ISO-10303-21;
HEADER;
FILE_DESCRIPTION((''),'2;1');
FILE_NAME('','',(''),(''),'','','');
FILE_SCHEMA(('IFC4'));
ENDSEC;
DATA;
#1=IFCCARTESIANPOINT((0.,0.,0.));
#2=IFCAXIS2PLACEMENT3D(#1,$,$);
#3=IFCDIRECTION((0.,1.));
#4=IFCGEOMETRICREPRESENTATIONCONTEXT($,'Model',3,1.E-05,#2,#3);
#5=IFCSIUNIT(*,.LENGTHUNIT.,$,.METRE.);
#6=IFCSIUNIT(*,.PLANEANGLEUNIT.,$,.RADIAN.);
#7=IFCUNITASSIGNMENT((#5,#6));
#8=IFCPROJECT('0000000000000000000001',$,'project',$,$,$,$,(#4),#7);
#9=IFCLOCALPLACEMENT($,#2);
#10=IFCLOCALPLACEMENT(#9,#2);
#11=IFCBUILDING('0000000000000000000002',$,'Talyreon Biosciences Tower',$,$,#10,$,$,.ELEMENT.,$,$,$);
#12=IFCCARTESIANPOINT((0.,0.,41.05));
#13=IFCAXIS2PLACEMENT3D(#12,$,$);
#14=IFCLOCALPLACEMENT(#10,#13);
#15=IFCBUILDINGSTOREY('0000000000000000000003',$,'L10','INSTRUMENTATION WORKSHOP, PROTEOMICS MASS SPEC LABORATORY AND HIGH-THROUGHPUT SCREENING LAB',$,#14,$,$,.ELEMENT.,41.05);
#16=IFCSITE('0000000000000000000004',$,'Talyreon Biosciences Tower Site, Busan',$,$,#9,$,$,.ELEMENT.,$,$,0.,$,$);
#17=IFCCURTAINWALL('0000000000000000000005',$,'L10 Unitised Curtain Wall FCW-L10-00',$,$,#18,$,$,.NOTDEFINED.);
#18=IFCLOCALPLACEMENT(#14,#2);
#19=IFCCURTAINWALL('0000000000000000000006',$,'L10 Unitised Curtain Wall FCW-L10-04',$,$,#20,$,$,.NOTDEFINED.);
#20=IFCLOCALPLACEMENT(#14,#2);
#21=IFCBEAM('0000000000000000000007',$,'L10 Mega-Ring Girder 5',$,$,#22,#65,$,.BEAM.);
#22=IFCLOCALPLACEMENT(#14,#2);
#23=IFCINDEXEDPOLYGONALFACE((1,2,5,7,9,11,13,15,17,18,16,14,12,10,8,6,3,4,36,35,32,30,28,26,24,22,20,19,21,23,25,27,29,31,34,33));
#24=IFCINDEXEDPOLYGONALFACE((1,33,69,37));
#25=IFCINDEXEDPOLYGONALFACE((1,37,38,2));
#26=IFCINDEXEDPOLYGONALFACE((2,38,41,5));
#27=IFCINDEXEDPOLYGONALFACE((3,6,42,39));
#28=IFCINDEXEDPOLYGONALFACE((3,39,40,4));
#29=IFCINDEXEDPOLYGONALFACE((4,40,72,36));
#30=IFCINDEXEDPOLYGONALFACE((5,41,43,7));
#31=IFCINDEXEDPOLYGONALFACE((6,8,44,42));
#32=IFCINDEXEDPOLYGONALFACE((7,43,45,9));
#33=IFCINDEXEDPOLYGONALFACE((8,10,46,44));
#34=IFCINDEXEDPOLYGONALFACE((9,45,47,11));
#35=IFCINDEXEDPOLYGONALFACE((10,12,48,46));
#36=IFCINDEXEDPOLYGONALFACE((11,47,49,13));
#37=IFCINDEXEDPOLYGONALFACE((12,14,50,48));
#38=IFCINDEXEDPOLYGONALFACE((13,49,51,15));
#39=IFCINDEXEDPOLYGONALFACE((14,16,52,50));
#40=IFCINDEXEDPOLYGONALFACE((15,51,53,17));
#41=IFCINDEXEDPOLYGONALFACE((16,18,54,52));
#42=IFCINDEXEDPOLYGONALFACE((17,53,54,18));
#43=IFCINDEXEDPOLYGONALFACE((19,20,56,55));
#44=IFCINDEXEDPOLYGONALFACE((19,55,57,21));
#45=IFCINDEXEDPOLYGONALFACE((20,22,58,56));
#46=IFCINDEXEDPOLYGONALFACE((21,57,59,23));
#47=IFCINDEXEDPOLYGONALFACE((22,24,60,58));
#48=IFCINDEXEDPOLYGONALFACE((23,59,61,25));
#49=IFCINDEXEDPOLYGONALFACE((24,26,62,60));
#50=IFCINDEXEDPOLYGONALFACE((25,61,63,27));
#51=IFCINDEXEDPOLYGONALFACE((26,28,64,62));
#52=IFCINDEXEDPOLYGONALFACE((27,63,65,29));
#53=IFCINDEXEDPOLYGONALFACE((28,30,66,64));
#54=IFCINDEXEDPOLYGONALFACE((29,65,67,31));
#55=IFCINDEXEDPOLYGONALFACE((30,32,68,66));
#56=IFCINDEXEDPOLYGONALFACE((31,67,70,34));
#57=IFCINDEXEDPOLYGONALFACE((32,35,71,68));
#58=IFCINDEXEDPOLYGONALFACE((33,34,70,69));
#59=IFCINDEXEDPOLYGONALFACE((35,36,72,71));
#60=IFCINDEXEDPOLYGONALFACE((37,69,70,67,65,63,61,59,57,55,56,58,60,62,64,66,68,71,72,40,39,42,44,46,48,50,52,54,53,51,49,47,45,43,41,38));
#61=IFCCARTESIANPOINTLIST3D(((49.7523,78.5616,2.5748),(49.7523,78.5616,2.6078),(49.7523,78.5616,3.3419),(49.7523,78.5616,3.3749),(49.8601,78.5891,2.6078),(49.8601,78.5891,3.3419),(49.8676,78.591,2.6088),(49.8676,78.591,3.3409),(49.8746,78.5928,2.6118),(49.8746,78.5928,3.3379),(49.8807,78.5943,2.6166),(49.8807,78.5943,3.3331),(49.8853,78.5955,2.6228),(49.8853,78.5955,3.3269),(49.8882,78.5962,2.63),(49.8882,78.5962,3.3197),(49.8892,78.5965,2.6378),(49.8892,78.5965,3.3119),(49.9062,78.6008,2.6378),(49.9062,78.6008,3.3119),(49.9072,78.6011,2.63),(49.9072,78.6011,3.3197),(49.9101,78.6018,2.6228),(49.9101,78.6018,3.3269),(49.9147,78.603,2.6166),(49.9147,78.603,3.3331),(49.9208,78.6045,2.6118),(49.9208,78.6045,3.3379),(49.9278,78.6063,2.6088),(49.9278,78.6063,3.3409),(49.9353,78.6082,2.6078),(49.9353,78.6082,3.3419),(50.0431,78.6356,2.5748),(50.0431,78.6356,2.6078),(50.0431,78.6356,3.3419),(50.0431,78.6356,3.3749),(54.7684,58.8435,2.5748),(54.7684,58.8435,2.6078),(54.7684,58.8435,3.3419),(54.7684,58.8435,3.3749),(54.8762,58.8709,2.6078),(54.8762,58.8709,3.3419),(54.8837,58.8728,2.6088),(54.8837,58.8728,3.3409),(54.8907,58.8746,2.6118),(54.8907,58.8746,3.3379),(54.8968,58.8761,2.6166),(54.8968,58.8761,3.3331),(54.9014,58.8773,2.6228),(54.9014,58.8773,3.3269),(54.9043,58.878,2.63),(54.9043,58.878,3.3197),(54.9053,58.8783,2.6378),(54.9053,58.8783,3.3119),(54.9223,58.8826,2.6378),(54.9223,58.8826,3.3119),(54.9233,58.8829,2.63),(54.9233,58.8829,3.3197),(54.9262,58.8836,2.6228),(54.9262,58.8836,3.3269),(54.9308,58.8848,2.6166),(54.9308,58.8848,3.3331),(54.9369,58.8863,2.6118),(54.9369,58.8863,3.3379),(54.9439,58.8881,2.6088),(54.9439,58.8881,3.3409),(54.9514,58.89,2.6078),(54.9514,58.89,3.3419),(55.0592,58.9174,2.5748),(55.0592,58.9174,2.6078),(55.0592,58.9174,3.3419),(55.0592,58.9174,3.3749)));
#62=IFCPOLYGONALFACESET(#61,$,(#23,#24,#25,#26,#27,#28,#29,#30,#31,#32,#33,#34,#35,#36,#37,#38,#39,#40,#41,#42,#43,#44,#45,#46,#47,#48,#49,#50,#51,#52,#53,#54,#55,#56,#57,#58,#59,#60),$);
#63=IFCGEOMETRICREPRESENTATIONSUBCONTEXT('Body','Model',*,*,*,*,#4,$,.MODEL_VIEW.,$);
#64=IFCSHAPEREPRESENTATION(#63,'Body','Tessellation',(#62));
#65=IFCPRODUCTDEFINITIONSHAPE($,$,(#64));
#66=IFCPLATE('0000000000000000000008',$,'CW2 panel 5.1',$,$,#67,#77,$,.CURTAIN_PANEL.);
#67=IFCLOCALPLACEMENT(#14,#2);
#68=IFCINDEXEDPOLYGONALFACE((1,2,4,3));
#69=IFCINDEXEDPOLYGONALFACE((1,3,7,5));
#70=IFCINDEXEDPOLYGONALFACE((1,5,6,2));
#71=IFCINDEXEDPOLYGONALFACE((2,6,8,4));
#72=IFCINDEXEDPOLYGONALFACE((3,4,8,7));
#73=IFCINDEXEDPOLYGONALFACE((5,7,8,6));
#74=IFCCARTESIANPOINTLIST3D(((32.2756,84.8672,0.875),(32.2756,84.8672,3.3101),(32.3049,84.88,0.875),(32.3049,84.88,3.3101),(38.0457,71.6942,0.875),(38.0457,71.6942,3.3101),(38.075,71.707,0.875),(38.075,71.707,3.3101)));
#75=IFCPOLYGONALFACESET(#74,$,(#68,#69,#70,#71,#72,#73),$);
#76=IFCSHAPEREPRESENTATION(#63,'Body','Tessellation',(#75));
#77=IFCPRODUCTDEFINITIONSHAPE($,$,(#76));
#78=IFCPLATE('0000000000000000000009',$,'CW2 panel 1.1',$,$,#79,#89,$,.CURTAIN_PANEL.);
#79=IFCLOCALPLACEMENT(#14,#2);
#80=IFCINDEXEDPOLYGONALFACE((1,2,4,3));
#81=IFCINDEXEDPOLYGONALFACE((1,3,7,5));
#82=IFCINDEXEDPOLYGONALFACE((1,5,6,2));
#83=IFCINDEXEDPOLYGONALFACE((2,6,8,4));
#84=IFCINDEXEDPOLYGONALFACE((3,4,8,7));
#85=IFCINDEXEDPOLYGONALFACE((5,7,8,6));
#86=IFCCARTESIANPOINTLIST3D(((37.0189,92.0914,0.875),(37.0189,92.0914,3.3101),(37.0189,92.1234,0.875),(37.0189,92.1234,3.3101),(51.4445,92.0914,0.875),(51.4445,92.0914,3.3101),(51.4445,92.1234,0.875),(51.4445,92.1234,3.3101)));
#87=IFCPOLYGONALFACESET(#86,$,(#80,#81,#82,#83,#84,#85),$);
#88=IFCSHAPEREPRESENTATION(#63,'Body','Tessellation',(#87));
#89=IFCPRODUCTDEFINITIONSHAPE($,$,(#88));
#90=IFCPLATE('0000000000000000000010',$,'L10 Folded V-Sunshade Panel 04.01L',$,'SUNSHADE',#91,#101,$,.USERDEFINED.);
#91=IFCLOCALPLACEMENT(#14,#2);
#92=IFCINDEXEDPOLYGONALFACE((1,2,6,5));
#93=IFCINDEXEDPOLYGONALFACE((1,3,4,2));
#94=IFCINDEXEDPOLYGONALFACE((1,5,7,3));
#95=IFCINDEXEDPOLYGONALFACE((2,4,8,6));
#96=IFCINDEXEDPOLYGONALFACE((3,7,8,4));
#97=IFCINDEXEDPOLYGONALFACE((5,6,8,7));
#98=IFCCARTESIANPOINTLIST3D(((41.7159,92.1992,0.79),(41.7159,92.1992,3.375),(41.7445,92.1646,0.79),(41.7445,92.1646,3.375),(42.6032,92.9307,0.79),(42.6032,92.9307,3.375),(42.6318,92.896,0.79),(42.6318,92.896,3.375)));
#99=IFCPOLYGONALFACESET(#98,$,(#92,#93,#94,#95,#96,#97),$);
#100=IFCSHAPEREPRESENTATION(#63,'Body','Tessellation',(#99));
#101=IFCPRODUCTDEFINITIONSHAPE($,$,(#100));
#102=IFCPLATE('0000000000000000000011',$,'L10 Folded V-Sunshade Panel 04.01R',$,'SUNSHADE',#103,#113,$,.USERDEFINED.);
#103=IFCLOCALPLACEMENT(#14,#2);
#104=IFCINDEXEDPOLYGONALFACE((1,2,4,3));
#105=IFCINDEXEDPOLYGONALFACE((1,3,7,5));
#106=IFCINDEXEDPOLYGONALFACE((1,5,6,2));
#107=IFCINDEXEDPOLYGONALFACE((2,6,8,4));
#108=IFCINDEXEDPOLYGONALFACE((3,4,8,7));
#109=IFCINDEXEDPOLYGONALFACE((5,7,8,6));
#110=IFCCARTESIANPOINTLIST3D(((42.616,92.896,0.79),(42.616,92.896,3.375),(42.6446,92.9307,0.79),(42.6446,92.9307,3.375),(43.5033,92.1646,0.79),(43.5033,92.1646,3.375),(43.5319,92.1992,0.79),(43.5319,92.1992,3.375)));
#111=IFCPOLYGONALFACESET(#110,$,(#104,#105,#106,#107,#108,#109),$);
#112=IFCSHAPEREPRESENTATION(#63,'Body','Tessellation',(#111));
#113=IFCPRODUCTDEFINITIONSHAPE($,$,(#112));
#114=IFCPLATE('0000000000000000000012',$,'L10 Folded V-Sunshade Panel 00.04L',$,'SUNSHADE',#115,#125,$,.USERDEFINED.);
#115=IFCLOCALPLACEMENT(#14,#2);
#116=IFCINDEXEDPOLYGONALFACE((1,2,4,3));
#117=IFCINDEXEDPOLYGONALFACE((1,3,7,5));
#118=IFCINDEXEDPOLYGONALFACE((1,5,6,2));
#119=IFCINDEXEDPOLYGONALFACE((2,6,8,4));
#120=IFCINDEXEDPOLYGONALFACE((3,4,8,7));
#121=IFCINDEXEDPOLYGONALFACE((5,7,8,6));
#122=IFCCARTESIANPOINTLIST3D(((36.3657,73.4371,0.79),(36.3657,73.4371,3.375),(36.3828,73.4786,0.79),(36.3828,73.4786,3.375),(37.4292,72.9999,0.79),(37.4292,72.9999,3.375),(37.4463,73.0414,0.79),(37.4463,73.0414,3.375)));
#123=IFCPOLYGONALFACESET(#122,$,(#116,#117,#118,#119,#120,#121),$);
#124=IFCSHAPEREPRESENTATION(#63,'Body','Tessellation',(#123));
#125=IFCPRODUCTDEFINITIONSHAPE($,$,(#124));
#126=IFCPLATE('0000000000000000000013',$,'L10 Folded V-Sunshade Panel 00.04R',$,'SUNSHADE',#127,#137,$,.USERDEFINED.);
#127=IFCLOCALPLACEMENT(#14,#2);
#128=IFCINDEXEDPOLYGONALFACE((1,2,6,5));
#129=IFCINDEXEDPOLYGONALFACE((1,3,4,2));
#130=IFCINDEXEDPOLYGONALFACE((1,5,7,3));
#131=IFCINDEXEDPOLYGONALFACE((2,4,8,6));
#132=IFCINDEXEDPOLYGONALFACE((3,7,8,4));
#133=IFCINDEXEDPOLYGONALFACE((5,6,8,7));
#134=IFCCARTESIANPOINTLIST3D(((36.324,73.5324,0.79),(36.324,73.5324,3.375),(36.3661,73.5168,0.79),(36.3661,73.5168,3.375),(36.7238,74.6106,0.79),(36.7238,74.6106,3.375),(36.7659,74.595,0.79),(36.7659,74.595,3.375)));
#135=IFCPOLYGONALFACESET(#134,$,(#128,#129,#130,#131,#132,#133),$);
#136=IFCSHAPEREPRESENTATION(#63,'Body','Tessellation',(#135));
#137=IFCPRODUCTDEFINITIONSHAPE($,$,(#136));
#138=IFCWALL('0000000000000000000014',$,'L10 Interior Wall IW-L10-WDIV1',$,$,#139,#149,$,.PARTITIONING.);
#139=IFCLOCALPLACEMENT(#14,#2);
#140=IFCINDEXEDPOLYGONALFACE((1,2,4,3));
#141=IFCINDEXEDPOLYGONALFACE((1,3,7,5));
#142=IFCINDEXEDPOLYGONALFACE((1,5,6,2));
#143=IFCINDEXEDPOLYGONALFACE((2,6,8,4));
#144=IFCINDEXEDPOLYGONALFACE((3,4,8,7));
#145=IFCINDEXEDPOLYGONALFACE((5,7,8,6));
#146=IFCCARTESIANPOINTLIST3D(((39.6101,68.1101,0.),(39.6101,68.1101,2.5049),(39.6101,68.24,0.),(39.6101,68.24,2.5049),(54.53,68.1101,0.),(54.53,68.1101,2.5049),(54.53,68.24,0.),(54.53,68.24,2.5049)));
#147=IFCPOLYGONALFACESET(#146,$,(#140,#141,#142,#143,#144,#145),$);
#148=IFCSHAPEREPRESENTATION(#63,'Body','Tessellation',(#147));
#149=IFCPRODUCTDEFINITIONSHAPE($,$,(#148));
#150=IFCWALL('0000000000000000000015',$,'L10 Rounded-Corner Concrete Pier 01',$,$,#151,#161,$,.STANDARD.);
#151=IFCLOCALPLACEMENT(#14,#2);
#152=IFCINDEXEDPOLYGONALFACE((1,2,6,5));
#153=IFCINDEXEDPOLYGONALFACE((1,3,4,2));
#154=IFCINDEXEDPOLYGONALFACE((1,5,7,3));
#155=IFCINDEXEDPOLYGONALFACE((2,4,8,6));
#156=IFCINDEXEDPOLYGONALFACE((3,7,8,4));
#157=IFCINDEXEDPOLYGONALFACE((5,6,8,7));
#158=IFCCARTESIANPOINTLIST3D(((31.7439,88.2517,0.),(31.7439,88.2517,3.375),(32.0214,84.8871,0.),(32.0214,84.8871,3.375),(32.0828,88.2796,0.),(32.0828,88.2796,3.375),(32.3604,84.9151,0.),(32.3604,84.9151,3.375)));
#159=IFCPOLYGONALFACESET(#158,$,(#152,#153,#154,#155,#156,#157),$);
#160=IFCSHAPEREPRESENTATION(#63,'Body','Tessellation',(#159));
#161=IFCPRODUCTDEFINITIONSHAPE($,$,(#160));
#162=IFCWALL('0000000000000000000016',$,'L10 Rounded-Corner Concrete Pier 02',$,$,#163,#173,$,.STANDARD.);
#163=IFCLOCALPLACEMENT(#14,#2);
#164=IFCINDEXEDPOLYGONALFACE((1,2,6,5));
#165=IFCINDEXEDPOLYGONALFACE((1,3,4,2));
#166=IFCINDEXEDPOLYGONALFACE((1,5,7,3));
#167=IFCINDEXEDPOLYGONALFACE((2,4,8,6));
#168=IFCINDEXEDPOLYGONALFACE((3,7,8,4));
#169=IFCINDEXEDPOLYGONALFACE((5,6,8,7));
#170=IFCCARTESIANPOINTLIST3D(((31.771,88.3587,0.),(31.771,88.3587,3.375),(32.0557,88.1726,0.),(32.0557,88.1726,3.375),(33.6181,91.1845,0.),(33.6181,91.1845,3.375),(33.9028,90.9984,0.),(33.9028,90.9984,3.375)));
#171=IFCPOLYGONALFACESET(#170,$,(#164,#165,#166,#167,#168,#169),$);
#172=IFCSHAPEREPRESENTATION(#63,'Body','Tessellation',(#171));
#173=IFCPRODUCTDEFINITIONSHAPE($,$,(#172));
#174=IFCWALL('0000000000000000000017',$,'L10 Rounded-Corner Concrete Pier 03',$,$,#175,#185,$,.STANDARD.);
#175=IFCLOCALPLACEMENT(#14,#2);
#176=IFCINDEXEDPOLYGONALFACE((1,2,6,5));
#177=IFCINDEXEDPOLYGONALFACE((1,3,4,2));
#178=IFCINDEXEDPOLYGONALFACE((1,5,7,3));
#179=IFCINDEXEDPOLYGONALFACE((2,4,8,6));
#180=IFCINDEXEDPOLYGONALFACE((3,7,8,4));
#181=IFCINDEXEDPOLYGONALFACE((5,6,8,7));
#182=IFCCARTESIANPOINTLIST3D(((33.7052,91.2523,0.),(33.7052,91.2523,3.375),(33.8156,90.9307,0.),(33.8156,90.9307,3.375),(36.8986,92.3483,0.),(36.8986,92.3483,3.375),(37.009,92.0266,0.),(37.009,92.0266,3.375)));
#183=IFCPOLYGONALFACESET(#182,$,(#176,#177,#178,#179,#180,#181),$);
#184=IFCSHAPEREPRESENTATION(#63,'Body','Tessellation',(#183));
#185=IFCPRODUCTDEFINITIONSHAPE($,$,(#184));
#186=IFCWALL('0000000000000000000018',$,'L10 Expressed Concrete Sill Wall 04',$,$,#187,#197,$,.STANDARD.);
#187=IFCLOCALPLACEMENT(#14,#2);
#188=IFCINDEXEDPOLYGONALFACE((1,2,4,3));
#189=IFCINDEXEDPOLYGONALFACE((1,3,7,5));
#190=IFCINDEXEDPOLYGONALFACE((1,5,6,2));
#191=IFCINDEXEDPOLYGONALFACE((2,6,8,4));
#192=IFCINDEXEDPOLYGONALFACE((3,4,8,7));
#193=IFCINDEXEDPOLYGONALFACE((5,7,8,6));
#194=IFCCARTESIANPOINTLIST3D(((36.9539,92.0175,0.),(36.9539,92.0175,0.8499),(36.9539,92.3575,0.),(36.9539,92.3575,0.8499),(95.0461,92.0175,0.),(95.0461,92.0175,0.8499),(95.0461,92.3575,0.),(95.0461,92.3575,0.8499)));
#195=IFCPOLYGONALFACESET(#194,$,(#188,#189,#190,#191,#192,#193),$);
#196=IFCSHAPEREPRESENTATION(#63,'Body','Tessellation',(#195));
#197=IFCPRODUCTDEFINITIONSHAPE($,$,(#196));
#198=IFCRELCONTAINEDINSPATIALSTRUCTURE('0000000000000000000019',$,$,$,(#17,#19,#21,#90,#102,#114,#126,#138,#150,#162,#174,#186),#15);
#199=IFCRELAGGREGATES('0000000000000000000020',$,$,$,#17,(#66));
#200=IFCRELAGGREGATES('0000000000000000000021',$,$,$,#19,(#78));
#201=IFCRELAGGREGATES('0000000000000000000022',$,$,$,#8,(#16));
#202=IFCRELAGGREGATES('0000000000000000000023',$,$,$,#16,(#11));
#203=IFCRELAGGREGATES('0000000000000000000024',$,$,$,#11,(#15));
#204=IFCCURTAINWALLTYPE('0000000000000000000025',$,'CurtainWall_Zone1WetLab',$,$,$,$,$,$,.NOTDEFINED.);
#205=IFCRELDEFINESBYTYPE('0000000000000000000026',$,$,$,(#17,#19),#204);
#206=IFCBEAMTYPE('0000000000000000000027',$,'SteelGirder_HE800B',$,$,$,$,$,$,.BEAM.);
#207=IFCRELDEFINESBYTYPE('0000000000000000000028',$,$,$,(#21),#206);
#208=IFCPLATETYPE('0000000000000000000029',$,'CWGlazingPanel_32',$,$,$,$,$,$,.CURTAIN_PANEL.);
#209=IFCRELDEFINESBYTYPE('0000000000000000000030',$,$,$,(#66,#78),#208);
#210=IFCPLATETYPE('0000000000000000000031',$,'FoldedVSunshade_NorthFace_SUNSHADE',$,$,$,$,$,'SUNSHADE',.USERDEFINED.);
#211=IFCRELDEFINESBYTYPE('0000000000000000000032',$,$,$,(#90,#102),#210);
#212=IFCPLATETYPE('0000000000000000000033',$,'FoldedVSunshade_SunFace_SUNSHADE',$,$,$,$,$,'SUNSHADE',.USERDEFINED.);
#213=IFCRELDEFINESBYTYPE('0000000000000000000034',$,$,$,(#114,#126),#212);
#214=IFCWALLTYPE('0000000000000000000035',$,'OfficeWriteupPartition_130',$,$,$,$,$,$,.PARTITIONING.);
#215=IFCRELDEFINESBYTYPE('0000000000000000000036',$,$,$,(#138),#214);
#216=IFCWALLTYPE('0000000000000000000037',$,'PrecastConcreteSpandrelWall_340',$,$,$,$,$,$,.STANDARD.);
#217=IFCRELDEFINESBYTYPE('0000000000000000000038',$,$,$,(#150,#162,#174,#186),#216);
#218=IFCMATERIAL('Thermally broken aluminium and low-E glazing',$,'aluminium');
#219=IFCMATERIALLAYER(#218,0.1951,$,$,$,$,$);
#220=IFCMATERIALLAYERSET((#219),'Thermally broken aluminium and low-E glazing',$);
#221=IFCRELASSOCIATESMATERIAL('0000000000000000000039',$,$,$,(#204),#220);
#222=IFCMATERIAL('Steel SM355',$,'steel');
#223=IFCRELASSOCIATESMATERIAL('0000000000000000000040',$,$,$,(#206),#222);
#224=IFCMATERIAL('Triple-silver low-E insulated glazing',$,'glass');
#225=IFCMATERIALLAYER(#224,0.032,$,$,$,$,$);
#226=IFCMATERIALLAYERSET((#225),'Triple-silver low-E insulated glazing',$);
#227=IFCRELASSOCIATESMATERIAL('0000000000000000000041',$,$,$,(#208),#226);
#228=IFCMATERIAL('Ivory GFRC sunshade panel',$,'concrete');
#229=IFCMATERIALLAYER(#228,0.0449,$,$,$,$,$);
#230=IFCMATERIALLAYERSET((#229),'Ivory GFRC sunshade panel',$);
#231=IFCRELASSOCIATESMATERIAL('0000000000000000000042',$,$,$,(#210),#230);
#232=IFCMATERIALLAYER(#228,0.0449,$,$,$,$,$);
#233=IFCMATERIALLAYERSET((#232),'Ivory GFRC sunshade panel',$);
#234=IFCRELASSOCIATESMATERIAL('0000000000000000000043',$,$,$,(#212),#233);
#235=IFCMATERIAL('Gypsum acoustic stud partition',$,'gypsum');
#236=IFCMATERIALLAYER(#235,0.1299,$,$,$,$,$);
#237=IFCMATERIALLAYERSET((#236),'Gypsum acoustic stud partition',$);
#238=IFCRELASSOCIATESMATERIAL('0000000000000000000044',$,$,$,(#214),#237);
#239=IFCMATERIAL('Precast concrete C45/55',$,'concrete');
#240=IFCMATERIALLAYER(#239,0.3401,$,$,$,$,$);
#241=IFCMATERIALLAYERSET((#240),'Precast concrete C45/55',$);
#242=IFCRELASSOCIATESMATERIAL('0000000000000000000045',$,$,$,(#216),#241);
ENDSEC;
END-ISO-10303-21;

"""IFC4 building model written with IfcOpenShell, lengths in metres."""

from ifc_helpers import new_model, si_unit, direction, frame, frame_2d, origin, origin_2d, place, context, subcontext, project, spatial, rectangle, i_section, extrude, material, layer, layer_set, material_profile, profile_set, type_object, element, aggregate, save


model = new_model("IFC4")

# Units and contexts
model_context = context("Model", 3, precision=1e-05, world=origin(), true_north=direction((0.0, 1.0)))
body_context = subcontext(model_context, "Body", "Model", "MODEL_VIEW")
ifc_project = project(units=[si_unit("LENGTHUNIT", "METRE"), si_unit("PLANEANGLEUNIT", "RADIAN")], contexts=[model_context])

# Site, building, storey
site_placement = place(None, origin())
site = spatial("IfcSite", under=ifc_project, at=site_placement, Name="Talyreon Biosciences Tower Site, Busan", CompositionType="ELEMENT", RefElevation=0.0)
building_placement = place(site_placement, origin())
building = spatial("IfcBuilding", under=site, at=building_placement, Name="Talyreon Biosciences Tower", CompositionType="ELEMENT")
storey_placement = place(building_placement, frame((0.0, 0.0, 41.05)))
storey = spatial("IfcBuildingStorey", under=building, at=storey_placement, Name="L10", Description="INSTRUMENTATION WORKSHOP, PROTEOMICS MASS SPEC LABORATORY AND HIGH-THROUGHPUT SCREENING LAB", CompositionType="ELEMENT", Elevation=41.05)

# Curtain walls
ifc_material_1 = material(Name="Thermally broken aluminium and low-E glazing", Category="aluminium")
ifc_layer_1 = layer(ifc_material_1, 0.1951)
ifc_layer_set_1 = layer_set([ifc_layer_1], Name="Thermally broken aluminium and low-E glazing")
curtain_wall_type = type_object("IfcCurtainWallType", Name="CurtainWall_Zone1WetLab", PredefinedType="NOTDEFINED", material=ifc_layer_set_1)
curtain_wall_1_placement = place(storey_placement, origin())
curtain_wall_1 = element("IfcCurtainWall", 1, at=curtain_wall_1_placement, inside=storey, type_object=curtain_wall_type, Name="L10 Unitised Curtain Wall FCW-L10-00", PredefinedType="NOTDEFINED")
curtain_wall_2_placement = place(storey_placement, origin())
curtain_wall_2 = element("IfcCurtainWall", 2, at=curtain_wall_2_placement, inside=storey, type_object=curtain_wall_type, Name="L10 Unitised Curtain Wall FCW-L10-04", PredefinedType="NOTDEFINED")

# Beam
ifc_material_2 = material(Name="Precast concrete C45/55", Category="concrete")
ifc_material_3 = material(Name="Steel SM355", Category="steel")
ifc_material_profile_1 = material_profile(ifc_material_3, i_section(OverallWidth=0.3, OverallDepth=0.8, WebThickness=0.0176, FlangeThickness=0.033, FilletRadius=0.03, at=origin_2d()), Name="HE800B")
ifc_profile_set_1 = profile_set([ifc_material_profile_1], Name="Steel SM355")
beam_type_1 = type_object("IfcBeamType", Name="SteelGirder_HE800B", PredefinedType="BEAM", material=ifc_profile_set_1)
beam_1_placement = place(storey_placement, frame((49.8977, 78.5986, 2.9749), z_axis=(0.246537, -0.969133, 0.0), x_axis=(0.969133, 0.246537, 0.0)))
element("IfcBeam", 3, at=beam_1_placement, inside=storey, type_object=beam_type_1, Name="L10 Mega-Ring Girder 5", PredefinedType="BEAM", context=body_context, shape_type="SweptSolid", body=[
    extrude(i_section(OverallWidth=0.3, OverallDepth=0.8, WebThickness=0.0176, FlangeThickness=0.033, FilletRadius=0.03, at=origin_2d()), origin(), (0.0, 0.0, 1.0), 20.3462),
])

# Plates
ifc_material_4 = material(Name="Triple-silver low-E insulated glazing", Category="glass")
ifc_layer_2 = layer(ifc_material_4, 0.032)
ifc_layer_set_2 = layer_set([ifc_layer_2], Name="Triple-silver low-E insulated glazing")
plate_type_1 = type_object("IfcPlateType", Name="CWGlazingPanel_32", PredefinedType="CURTAIN_PANEL", material=ifc_layer_set_2)
plate_1_placement = place(storey_placement, frame((35.1753, 78.2871, 0.875), z_axis=(0.0, 0.0, 1.0), x_axis=(-0.401223, 0.91598, 0.0)))
plate_1 = element("IfcPlate", 4, at=plate_1_placement, type_object=plate_type_1, Name="CW2 panel 5.1", PredefinedType="CURTAIN_PANEL", context=body_context, shape_type="SweptSolid", body=[
    extrude(rectangle(XDim=14.3813, YDim=0.032, at=origin_2d()), origin(), (0.0, 0.0, 1.0), 2.4351),
])
aggregate(curtain_wall_1, [plate_1])
plate_2_placement = place(storey_placement, frame((44.2317, 92.1074, 0.875), z_axis=(0.0, 0.0, 1.0), x_axis=(1.0, 0.0, 0.0)))
plate_2 = element("IfcPlate", 5, at=plate_2_placement, type_object=plate_type_1, Name="CW2 panel 1.1", PredefinedType="CURTAIN_PANEL", context=body_context, shape_type="SweptSolid", body=[
    extrude(rectangle(XDim=14.4255, YDim=0.032, at=origin_2d()), origin(), (0.0, 0.0, 1.0), 2.4351),
])
aggregate(curtain_wall_2, [plate_2])

# Plates
ifc_material_5 = material(Name="Ivory GFRC sunshade panel", Category="concrete")
ifc_layer_3 = layer(ifc_material_5, 0.0449)
ifc_layer_set_3 = layer_set([ifc_layer_3], Name="Ivory GFRC sunshade panel")
plate_type_2 = type_object("IfcPlateType", Name="FoldedVSunshade_NorthFace_SUNSHADE", ElementType="SUNSHADE", PredefinedType="USERDEFINED", material=ifc_layer_set_3)
for number, where, z_axis, x_axis, name in (
    (6, (42.1738, 92.5476, 0.79), (0.0, 0.0, 1.0), (0.771625, 0.636078, 0.0), "L10 Folded V-Sunshade Panel 04.01L"),
    (7, (43.074, 92.5476, 0.79), (0.0, 0.0, 1.0), (0.771625, -0.636078, 0.0), "L10 Folded V-Sunshade Panel 04.01R"),
):
    element("IfcPlate", number, at=place(storey_placement, frame(where, z_axis=z_axis, x_axis=x_axis)), inside=storey, type_object=plate_type_2, Name=name, ObjectType="SUNSHADE", PredefinedType="USERDEFINED", context=body_context, shape_type="SweptSolid", body=[
        extrude(rectangle(XDim=1.1499, YDim=0.0449, at=origin_2d()), origin(), (0.0, 0.0, 1.0), 2.585),
    ])
ifc_layer_4 = layer(ifc_material_5, 0.0449)
ifc_layer_set_4 = layer_set([ifc_layer_4], Name="Ivory GFRC sunshade panel")
plate_type_3 = type_object("IfcPlateType", Name="FoldedVSunshade_SunFace_SUNSHADE", ElementType="SUNSHADE", PredefinedType="USERDEFINED", material=ifc_layer_set_4)
for number, where, z_axis, x_axis, name in (
    (8, (36.906, 73.2393, 0.79), (0.0, 0.0, 1.0), (-0.924911, 0.380183, 0.0), "L10 Folded V-Sunshade Panel 00.04L"),
    (9, (36.5449, 74.0637, 0.79), (0.0, 0.0, 1.0), (0.347672, 0.937616, 0.0), "L10 Folded V-Sunshade Panel 00.04R"),
):
    element("IfcPlate", number, at=place(storey_placement, frame(where, z_axis=z_axis, x_axis=x_axis)), inside=storey, type_object=plate_type_3, Name=name, ObjectType="SUNSHADE", PredefinedType="USERDEFINED", context=body_context, shape_type="SweptSolid", body=[
        extrude(rectangle(XDim=1.1499, YDim=0.0449, at=origin_2d()), origin(), (0.0, 0.0, 1.0), 2.585),
    ])

# Walls
ifc_material_6 = material(Name="Gypsum acoustic stud partition", Category="gypsum")
ifc_layer_5 = layer(ifc_material_6, 0.1299)
ifc_layer_set_5 = layer_set([ifc_layer_5], Name="Gypsum acoustic stud partition")
wall_type_1 = type_object("IfcWallType", Name="OfficeWriteupPartition_130", PredefinedType="PARTITIONING", material=ifc_layer_set_5)
wall_1_placement = place(storey_placement, frame((39.6101, 68.175, 0.0), z_axis=(0.0, 0.0, 1.0), x_axis=(1.0, 0.0, 0.0)))
element("IfcWall", 10, at=wall_1_placement, inside=storey, type_object=wall_type_1, Name="L10 Interior Wall IW-L10-WDIV1", PredefinedType="PARTITIONING", context=body_context, shape_type="SweptSolid", body=[
    extrude(rectangle(XDim=14.9199, YDim=0.1299, at=frame_2d((7.46, 0.0))), origin(), (0.0, 0.0, 1.0), 2.5049),
])
ifc_layer_6 = layer(ifc_material_2, 0.3401)
ifc_layer_set_6 = layer_set([ifc_layer_6], Name="Precast concrete C45/55")
wall_type_2 = type_object("IfcWallType", Name="PrecastConcreteSpandrelWall_340", PredefinedType="STANDARD", material=ifc_layer_set_6)
for number, where, z_axis, x_axis, name in (
    (11, (32.1909, 84.9011, 0.0), (0.0, 0.0, 1.0), (-0.082226, 0.996614, 0.0), "L10 Rounded-Corner Concrete Pier 01"),
    (12, (31.9133, 88.2656, 0.0), (0.0, 0.0, 1.0), (0.547134, 0.837045, 0.0), "L10 Rounded-Corner Concrete Pier 02"),
):
    element("IfcWall", number, at=place(storey_placement, frame(where, z_axis=z_axis, x_axis=x_axis)), inside=storey, type_object=wall_type_2, Name=name, PredefinedType="STANDARD", context=body_context, shape_type="SweptSolid", body=[
        extrude(rectangle(XDim=3.376, YDim=0.3401, at=frame_2d((1.688, 0.0))), origin(), (0.0, 0.0, 1.0), 3.375),
    ])
wall_2_placement = place(storey_placement, frame((33.7605, 91.0916, 0.0), z_axis=(0.0, 0.0, 1.0), x_axis=(0.945848, 0.324611, 0.0)))
element("IfcWall", 13, at=wall_2_placement, inside=storey, type_object=wall_type_2, Name="L10 Rounded-Corner Concrete Pier 03", PredefinedType="STANDARD", context=body_context, shape_type="SweptSolid", body=[
    extrude(rectangle(XDim=3.3762, YDim=0.3401, at=frame_2d((1.688, 0.0))), origin(), (0.0, 0.0, 1.0), 3.375),
])
wall_3_placement = place(storey_placement, frame((36.9539, 92.1875, 0.0), z_axis=(0.0, 0.0, 1.0), x_axis=(1.0, 0.0, 0.0)))
element("IfcWall", 14, at=wall_3_placement, inside=storey, type_object=wall_type_2, Name="L10 Expressed Concrete Sill Wall 04", PredefinedType="STANDARD", context=body_context, shape_type="SweptSolid", body=[
    extrude(rectangle(XDim=58.0923, YDim=0.3401, at=frame_2d((29.0461, 0.0))), origin(), (0.0, 0.0, 1.0), 0.8499),
])

save(model, "model.ifc")
